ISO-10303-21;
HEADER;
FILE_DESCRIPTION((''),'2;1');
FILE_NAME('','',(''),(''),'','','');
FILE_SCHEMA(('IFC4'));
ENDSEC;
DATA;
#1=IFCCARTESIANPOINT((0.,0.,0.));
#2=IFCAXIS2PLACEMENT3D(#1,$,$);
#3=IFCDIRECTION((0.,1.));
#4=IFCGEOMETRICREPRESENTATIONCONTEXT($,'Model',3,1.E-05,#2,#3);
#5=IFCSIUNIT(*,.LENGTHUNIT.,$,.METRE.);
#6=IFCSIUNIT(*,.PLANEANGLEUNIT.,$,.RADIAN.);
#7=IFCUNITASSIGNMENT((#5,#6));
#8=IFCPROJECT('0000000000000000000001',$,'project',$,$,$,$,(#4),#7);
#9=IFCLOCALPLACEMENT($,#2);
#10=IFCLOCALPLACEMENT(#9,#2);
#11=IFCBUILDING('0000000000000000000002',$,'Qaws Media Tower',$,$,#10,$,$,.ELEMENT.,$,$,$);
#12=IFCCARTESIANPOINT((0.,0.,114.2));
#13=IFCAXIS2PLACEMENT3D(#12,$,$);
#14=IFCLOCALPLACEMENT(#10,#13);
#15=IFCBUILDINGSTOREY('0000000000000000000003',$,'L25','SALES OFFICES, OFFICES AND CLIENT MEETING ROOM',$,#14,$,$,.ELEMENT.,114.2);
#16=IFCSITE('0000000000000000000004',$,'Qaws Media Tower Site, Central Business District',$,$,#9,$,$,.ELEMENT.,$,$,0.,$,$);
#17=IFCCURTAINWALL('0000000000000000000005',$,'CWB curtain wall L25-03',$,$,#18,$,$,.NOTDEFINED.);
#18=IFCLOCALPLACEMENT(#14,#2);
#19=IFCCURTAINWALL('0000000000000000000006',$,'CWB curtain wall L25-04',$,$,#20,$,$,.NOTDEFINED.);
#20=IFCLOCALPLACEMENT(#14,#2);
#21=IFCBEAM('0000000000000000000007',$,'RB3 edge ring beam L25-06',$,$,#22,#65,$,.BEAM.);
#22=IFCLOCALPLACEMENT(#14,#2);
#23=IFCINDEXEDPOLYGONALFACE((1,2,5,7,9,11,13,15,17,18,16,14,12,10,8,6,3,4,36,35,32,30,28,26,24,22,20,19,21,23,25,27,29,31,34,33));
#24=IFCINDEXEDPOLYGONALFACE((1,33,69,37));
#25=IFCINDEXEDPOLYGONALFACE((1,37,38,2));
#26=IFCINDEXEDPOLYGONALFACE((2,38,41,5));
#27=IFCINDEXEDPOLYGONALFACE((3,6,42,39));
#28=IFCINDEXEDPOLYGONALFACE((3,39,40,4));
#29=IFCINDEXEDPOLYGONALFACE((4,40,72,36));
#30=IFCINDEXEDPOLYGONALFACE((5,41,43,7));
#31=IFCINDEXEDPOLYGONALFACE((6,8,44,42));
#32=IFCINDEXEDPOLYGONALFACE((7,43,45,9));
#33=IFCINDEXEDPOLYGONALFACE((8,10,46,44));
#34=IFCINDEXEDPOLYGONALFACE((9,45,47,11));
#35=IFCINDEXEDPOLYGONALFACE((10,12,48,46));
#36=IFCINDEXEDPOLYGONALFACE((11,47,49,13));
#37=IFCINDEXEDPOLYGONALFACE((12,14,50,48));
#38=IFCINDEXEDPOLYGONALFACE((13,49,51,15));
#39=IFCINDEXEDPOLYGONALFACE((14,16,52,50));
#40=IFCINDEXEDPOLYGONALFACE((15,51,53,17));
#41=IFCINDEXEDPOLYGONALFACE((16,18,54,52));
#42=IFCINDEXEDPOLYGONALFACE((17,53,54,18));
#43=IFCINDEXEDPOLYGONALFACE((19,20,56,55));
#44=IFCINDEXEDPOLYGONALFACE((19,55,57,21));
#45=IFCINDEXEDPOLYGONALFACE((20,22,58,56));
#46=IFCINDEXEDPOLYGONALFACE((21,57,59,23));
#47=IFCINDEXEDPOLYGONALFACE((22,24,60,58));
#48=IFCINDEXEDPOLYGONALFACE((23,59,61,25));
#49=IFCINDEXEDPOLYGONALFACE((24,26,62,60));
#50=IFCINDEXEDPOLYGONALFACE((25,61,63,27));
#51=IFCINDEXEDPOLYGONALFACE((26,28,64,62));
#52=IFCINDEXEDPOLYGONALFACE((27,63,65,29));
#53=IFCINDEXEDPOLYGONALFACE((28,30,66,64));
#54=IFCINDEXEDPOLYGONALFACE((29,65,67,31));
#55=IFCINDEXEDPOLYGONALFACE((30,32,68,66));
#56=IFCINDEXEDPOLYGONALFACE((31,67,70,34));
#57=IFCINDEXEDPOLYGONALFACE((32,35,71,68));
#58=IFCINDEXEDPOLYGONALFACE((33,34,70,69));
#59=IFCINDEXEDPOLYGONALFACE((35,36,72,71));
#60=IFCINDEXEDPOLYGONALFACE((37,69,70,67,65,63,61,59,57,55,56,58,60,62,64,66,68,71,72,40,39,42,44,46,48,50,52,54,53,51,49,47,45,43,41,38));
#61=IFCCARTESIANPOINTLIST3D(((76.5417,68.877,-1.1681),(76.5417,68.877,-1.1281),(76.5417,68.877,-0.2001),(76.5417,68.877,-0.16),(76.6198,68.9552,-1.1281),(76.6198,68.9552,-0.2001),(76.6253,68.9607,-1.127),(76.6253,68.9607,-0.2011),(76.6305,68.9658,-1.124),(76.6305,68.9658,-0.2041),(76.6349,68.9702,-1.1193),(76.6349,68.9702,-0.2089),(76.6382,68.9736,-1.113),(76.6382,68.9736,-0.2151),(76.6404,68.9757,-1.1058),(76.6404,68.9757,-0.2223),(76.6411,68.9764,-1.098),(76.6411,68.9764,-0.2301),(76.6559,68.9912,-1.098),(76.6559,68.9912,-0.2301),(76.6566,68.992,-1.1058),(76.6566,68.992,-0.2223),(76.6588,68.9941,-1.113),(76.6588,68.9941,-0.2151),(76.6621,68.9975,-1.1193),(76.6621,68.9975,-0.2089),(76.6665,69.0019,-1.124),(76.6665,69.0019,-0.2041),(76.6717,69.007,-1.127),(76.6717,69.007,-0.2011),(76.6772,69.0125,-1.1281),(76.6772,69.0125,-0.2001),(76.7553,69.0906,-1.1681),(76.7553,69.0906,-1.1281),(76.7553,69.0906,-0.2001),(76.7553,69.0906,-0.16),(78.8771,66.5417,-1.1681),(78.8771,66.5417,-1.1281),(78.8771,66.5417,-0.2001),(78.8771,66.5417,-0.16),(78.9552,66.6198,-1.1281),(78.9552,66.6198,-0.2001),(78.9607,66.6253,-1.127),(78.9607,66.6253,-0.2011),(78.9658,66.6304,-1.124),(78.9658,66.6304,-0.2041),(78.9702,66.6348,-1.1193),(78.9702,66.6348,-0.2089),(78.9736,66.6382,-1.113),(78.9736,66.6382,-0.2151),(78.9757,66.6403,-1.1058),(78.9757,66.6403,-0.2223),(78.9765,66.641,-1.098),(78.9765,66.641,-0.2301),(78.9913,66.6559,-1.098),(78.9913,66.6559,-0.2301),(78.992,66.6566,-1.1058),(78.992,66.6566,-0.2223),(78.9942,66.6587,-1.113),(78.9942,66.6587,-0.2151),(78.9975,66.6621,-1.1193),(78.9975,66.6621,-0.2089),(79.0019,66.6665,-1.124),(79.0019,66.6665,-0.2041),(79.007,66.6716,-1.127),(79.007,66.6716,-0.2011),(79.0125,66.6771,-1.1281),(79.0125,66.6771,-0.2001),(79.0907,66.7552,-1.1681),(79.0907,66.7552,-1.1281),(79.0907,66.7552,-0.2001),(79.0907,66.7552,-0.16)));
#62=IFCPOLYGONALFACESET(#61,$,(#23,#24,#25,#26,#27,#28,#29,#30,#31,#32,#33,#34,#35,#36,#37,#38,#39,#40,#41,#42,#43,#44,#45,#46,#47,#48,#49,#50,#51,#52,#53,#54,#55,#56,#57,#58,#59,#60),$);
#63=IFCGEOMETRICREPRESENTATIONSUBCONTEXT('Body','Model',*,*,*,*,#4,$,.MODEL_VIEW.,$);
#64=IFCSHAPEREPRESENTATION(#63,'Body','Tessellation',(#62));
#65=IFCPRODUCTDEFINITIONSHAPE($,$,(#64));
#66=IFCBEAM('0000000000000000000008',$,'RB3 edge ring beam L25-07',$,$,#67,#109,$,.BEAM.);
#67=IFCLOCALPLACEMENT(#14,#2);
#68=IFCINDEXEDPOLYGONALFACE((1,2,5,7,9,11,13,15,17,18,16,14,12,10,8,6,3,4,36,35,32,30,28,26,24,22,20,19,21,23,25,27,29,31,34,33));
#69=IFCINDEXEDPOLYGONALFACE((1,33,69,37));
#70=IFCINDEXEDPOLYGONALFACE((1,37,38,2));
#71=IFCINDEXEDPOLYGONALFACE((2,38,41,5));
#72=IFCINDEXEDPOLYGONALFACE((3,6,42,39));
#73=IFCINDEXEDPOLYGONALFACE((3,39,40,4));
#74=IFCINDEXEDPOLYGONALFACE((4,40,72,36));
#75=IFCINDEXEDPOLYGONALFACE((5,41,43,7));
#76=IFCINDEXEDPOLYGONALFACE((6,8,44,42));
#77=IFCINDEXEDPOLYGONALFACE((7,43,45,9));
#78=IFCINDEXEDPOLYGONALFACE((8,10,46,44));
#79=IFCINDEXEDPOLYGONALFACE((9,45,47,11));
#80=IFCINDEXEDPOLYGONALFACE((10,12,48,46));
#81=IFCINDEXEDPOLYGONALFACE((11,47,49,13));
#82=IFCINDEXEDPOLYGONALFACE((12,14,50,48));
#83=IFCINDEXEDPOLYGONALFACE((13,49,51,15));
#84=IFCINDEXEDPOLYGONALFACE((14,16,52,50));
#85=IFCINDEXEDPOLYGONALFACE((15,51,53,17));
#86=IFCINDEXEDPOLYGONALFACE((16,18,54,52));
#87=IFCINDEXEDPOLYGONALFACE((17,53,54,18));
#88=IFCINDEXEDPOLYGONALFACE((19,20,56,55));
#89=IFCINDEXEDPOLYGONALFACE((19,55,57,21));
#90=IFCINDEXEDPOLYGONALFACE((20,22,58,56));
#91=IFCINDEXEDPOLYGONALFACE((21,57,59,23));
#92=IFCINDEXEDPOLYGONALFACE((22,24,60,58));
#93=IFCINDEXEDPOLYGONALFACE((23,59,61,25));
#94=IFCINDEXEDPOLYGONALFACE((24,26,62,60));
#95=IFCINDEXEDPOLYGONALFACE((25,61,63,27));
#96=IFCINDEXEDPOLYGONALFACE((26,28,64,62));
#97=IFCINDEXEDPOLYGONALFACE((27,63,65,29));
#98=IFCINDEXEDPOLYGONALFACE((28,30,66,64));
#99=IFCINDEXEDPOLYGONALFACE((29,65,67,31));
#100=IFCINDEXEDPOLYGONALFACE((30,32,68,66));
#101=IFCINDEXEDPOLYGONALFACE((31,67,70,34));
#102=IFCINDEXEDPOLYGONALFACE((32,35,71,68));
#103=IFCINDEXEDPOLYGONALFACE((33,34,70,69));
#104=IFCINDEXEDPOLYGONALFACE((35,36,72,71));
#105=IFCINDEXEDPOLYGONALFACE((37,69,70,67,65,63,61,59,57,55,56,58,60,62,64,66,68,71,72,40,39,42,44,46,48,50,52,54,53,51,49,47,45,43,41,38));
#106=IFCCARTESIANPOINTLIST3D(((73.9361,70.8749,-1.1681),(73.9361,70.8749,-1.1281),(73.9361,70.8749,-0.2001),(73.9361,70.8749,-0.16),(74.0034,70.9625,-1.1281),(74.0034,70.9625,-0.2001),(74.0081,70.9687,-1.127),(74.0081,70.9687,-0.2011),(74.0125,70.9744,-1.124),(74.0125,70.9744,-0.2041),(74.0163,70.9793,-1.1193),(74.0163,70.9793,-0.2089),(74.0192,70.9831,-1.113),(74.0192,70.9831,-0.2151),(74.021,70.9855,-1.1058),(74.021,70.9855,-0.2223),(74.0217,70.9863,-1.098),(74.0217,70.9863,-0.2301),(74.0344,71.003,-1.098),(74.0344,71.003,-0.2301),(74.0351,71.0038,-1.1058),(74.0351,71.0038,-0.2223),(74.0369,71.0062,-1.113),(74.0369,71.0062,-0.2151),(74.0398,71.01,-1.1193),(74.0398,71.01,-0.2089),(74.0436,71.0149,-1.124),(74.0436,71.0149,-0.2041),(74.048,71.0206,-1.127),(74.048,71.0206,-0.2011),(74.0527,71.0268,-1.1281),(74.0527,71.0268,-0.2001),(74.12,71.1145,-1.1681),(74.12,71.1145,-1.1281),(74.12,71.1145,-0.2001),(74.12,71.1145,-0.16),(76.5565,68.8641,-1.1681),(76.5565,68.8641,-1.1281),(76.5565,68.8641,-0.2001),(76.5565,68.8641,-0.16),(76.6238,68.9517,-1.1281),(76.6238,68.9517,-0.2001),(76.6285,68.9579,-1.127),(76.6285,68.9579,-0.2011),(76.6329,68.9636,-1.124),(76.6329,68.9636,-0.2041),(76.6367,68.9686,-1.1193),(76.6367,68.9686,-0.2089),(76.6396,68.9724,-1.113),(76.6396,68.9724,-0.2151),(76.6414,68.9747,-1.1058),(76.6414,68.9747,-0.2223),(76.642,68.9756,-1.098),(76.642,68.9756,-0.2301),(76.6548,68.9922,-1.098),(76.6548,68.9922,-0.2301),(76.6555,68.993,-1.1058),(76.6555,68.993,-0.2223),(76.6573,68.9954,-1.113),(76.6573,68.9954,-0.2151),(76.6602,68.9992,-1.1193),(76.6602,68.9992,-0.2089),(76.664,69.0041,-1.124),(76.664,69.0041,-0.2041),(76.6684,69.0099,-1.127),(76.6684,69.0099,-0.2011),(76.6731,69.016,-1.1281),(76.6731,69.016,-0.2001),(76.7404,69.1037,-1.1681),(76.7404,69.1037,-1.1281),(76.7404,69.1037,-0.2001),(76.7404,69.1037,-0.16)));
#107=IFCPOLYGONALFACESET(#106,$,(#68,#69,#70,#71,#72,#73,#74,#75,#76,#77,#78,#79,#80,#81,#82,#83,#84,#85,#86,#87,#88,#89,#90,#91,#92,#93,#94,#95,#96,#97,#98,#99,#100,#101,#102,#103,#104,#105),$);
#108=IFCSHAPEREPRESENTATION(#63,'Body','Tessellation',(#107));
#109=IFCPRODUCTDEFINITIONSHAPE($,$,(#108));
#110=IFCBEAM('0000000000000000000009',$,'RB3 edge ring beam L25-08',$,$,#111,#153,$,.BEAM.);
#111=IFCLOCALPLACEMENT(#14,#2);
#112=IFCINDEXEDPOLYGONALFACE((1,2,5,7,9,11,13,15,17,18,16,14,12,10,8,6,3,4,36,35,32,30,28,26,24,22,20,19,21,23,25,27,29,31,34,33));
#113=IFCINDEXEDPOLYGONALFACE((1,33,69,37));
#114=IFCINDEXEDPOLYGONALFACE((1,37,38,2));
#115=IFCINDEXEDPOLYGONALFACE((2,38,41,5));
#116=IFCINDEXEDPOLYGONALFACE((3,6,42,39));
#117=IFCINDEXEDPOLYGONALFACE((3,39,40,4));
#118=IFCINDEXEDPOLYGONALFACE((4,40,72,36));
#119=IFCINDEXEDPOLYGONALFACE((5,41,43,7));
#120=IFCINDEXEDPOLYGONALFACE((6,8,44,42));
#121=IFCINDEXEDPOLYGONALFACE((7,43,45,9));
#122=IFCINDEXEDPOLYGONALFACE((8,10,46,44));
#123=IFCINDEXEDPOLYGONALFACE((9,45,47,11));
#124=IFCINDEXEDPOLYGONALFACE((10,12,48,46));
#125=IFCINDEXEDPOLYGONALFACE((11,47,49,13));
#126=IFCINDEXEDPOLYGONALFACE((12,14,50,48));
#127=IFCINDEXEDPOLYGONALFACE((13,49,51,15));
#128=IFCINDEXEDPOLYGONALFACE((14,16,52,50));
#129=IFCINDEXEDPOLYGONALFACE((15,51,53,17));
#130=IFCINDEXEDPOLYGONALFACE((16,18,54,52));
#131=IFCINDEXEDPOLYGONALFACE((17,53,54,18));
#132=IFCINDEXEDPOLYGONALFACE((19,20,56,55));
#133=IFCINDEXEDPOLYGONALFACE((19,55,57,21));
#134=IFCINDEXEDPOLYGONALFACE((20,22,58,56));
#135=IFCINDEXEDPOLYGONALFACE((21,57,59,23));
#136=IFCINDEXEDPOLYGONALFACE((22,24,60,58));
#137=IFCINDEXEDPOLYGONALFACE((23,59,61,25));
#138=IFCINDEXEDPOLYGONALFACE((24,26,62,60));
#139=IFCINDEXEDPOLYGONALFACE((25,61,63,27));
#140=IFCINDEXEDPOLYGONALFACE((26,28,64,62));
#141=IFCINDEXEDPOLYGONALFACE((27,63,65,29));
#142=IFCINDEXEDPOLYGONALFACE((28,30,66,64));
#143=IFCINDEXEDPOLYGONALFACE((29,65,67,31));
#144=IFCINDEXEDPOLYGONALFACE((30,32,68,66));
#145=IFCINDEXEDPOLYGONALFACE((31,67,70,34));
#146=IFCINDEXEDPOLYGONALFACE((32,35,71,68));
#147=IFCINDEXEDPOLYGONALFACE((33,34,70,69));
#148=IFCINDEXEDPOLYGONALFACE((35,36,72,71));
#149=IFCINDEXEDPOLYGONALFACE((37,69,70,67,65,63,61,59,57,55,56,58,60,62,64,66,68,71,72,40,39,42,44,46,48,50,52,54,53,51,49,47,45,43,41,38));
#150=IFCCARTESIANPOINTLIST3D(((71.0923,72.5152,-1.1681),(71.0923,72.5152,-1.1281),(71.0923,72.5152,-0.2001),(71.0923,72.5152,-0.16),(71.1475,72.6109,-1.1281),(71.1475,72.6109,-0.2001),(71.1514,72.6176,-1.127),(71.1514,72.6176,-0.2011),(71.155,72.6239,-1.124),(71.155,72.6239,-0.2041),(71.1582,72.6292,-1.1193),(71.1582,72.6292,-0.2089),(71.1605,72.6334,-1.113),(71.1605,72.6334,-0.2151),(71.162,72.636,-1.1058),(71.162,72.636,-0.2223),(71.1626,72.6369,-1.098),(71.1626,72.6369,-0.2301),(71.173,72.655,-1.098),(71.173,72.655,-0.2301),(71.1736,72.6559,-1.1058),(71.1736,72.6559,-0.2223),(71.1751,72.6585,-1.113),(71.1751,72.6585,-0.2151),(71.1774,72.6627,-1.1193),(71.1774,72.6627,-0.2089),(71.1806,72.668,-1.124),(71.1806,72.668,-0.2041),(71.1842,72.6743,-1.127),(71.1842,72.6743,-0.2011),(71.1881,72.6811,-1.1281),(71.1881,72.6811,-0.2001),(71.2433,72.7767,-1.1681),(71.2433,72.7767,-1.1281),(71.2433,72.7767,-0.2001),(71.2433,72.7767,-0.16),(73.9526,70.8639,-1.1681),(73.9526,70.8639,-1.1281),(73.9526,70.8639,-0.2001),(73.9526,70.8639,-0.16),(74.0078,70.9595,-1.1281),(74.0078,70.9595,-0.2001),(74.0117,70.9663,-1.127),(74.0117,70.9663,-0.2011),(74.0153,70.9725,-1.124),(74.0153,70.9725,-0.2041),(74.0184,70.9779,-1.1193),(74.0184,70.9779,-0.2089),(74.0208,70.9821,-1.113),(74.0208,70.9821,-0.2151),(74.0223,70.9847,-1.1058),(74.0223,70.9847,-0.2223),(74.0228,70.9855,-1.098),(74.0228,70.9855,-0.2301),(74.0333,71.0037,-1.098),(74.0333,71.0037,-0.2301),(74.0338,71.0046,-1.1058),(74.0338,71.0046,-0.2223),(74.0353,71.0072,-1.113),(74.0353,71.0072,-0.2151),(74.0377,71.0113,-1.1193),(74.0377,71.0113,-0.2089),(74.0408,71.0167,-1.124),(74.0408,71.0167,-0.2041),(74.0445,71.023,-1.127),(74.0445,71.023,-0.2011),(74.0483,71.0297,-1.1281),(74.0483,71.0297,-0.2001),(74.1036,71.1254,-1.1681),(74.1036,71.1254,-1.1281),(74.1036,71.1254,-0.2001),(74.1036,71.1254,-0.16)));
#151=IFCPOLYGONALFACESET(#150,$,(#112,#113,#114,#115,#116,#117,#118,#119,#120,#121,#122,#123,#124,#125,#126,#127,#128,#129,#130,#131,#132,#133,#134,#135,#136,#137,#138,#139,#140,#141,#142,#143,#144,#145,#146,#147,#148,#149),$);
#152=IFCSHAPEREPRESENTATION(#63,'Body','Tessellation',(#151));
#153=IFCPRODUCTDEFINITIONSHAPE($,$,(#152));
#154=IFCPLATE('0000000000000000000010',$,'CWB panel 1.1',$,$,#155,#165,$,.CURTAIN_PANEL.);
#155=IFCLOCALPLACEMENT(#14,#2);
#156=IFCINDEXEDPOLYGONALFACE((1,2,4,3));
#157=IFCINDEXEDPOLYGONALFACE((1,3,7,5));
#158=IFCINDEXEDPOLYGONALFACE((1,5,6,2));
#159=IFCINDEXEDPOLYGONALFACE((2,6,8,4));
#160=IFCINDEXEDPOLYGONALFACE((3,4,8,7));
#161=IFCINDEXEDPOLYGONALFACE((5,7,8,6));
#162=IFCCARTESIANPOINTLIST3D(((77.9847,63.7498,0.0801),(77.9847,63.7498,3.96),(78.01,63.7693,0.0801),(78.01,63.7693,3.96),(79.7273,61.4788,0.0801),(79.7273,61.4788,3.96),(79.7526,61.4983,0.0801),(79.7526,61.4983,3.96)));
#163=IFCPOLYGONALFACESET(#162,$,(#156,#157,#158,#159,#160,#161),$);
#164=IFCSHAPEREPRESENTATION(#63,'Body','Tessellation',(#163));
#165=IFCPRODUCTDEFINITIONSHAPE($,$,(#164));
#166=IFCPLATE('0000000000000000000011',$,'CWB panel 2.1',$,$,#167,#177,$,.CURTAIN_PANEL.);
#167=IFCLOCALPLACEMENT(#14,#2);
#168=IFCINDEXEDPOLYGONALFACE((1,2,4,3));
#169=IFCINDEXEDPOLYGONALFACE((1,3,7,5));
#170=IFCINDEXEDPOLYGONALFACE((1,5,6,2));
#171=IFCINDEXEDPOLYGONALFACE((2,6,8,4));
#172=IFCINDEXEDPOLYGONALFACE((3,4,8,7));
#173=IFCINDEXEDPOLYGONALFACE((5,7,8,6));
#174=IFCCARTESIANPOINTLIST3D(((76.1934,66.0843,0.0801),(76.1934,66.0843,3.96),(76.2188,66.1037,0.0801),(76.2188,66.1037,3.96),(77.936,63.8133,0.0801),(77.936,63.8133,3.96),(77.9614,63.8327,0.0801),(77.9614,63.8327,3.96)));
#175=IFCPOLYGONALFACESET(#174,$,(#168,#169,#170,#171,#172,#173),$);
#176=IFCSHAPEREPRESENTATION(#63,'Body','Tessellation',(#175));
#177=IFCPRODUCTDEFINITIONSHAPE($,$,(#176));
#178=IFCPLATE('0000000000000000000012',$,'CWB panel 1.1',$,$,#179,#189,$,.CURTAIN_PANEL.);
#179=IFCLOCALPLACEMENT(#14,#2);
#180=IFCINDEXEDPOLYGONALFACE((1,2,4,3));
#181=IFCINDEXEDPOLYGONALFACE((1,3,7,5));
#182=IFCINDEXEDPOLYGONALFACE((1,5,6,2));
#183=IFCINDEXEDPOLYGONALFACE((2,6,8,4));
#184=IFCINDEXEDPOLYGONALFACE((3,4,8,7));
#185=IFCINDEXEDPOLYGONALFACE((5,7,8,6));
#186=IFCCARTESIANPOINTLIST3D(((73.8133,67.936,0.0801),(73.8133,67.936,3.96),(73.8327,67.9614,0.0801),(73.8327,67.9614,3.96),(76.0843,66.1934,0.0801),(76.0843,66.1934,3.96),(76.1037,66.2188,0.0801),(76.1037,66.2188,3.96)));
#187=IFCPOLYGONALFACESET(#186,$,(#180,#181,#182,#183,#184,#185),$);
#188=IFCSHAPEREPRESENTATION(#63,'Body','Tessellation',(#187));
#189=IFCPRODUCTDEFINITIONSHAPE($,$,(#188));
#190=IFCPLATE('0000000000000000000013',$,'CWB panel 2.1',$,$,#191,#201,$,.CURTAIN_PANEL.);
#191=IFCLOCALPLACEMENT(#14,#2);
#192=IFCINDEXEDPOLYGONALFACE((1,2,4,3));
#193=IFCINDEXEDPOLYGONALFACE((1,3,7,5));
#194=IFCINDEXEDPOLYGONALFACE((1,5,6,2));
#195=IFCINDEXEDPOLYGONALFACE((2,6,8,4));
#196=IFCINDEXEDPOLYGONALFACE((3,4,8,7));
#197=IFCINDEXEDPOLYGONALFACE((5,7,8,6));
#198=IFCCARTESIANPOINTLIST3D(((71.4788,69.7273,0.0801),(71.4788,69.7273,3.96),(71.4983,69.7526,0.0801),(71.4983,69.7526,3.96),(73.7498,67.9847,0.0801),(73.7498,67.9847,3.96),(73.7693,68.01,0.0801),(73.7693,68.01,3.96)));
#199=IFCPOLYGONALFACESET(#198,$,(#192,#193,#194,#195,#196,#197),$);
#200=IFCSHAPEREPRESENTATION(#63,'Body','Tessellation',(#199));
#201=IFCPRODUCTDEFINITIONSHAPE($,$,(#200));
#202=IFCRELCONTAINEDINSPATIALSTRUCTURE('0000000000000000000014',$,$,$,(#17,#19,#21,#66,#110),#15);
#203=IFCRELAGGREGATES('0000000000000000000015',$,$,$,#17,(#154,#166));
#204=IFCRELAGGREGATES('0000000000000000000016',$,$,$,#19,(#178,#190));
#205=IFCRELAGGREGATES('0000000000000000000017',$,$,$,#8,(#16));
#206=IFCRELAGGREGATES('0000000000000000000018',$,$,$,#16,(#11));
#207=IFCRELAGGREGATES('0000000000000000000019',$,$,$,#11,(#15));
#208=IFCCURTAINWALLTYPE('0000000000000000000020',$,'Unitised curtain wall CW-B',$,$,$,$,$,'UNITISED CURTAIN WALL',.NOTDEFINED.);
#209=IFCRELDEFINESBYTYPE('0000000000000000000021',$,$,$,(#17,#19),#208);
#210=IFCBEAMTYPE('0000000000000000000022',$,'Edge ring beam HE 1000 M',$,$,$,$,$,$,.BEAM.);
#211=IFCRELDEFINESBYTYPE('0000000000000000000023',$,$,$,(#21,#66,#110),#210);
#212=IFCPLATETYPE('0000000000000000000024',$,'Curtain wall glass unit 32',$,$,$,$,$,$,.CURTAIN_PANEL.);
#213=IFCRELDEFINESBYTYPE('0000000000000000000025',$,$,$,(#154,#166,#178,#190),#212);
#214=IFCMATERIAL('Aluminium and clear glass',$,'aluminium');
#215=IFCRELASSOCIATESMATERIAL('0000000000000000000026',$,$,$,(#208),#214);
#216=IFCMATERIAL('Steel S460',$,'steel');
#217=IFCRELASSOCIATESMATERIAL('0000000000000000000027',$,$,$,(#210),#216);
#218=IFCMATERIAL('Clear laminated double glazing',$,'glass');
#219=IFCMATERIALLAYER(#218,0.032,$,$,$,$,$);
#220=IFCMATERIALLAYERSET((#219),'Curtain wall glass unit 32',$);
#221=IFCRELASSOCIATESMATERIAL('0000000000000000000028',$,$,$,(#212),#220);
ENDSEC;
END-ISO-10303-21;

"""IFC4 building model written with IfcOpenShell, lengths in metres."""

from ifc_helpers import new_model, si_unit, direction, frame, origin, origin_2d, place, context, subcontext, project, spatial, rectangle, i_section, extrude, material, layer, layer_set, material_profile, profile_set, type_object, element, aggregate, save


model = new_model("IFC4")

# Units and contexts
model_context = context("Model", 3, precision=1e-05, world=origin(), true_north=direction((0.0, 1.0)))
body_context = subcontext(model_context, "Body", "Model", "MODEL_VIEW")
ifc_project = project(units=[si_unit("LENGTHUNIT", "METRE"), si_unit("PLANEANGLEUNIT", "RADIAN")], contexts=[model_context])

# Site, building, storey
site_placement = place(None, origin())
site = spatial("IfcSite", under=ifc_project, at=site_placement, Name="Qaws Media Tower Site, Central Business District", CompositionType="ELEMENT", RefElevation=0.0)
building_placement = place(site_placement, origin())
building = spatial("IfcBuilding", under=site, at=building_placement, Name="Qaws Media Tower", CompositionType="ELEMENT")
storey_placement = place(building_placement, frame((0.0, 0.0, 114.2)))
storey = spatial("IfcBuildingStorey", under=building, at=storey_placement, Name="L25", Description="SALES OFFICES, OFFICES AND CLIENT MEETING ROOM", CompositionType="ELEMENT", Elevation=114.2)

# Shared definitions
ifc_material_1 = material(Name="Aluminium and clear glass", Category="aluminium")
curtain_wall_type = type_object("IfcCurtainWallType", Name="Unitised curtain wall CW-B", ElementType="UNITISED CURTAIN WALL", PredefinedType="NOTDEFINED", material=ifc_material_1)

# Curtain walls
curtain_wall_1_placement = place(storey_placement, origin())
curtain_wall_1 = element("IfcCurtainWall", 1, at=curtain_wall_1_placement, inside=storey, type_object=curtain_wall_type, Name="CWB curtain wall L25-03", PredefinedType="NOTDEFINED")
curtain_wall_2_placement = place(storey_placement, origin())
curtain_wall_2 = element("IfcCurtainWall", 2, at=curtain_wall_2_placement, inside=storey, type_object=curtain_wall_type, Name="CWB curtain wall L25-04", PredefinedType="NOTDEFINED")

# Beams
ifc_material_2 = material(Name="Steel S460", Category="steel")
ifc_material_profile_1 = material_profile(ifc_material_2, i_section(OverallWidth=0.302, OverallDepth=1.0081, WebThickness=0.021, FlangeThickness=0.04, FilletRadius=0.03, at=origin_2d()), Name="HE 1000 M")
ifc_profile_set_1 = profile_set([ifc_material_profile_1], Name="Steel S460")
beam_type = type_object("IfcBeamType", Name="Edge ring beam HE 1000 M", PredefinedType="BEAM", material=ifc_profile_set_1)
beam_1_placement = place(storey_placement, frame((78.9839, 66.6484, -0.6641), z_axis=(-0.707107, 0.707107, 0.0), x_axis=(-0.707107, -0.707107, 0.0)))
element("IfcBeam", 3, at=beam_1_placement, inside=storey, type_object=beam_type, Name="RB3 edge ring beam L25-06", PredefinedType="BEAM", context=body_context, shape_type="SweptSolid", body=[
    extrude(i_section(OverallWidth=0.302, OverallDepth=1.0081, WebThickness=0.021, FlangeThickness=0.04, FilletRadius=0.03, at=origin_2d()), origin(), (0.0, 0.0, 1.0), 3.3027),
])
beam_2_placement = place(storey_placement, frame((76.6484, 68.9839, -0.6641), z_axis=(-0.793343, 0.608774, 0.0), x_axis=(-0.608774, -0.793343, 0.0)))
element("IfcBeam", 4, at=beam_2_placement, inside=storey, type_object=beam_type, Name="RB3 edge ring beam L25-07", PredefinedType="BEAM", context=body_context, shape_type="SweptSolid", body=[
    extrude(i_section(OverallWidth=0.302, OverallDepth=1.0081, WebThickness=0.021, FlangeThickness=0.04, FilletRadius=0.03, at=origin_2d()), origin(), (0.0, 0.0, 1.0), 3.303),
])
beam_3_placement = place(storey_placement, frame((74.0281, 70.9946, -0.6641), z_axis=(-0.866033, 0.499987, 0.0), x_axis=(-0.499987, -0.866033, 0.0)))
element("IfcBeam", 5, at=beam_3_placement, inside=storey, type_object=beam_type, Name="RB3 edge ring beam L25-08", PredefinedType="BEAM", context=body_context, shape_type="SweptSolid", body=[
    extrude(i_section(OverallWidth=0.302, OverallDepth=1.0081, WebThickness=0.021, FlangeThickness=0.04, FilletRadius=0.03, at=origin_2d()), origin(), (0.0, 0.0, 1.0), 3.3027),
])

# Plates
ifc_material_3 = material(Name="Clear laminated double glazing", Category="glass")
ifc_layer_1 = layer(ifc_material_3, 0.032)
ifc_layer_set_1 = layer_set([ifc_layer_1], Name="Curtain wall glass unit 32")
plate_type_1 = type_object("IfcPlateType", Name="Curtain wall glass unit 32", PredefinedType="CURTAIN_PANEL", material=ifc_layer_set_1)
plate_1_placement = place(storey_placement, frame((78.8687, 62.624, 0.0801), z_axis=(0.0, 0.0, 1.0), x_axis=(-0.608761, 0.793353, 0.0)))
plate_1 = element("IfcPlate", 6, at=plate_1_placement, type_object=plate_type_1, Name="CWB panel 1.1", PredefinedType="CURTAIN_PANEL", context=body_context, shape_type="SweptSolid", body=[
    extrude(rectangle(XDim=2.8625, YDim=0.032, at=origin_2d()), origin(), (0.0, 0.0, 1.0), 3.8799),
])
plate_2_placement = place(storey_placement, frame((77.0774, 64.9585, 0.0801), z_axis=(0.0, 0.0, 1.0), x_axis=(-0.608761, 0.793353, 0.0)))
plate_2 = element("IfcPlate", 7, at=plate_2_placement, type_object=plate_type_1, Name="CWB panel 2.1", PredefinedType="CURTAIN_PANEL", context=body_context, shape_type="SweptSolid", body=[
    extrude(rectangle(XDim=2.8625, YDim=0.032, at=origin_2d()), origin(), (0.0, 0.0, 1.0), 3.8799),
])
aggregate(curtain_wall_1, [plate_1, plate_2])
plate_3_placement = place(storey_placement, frame((74.9585, 67.0774, 0.0801), z_axis=(0.0, 0.0, 1.0), x_axis=(-0.793353, 0.608761, 0.0)))
plate_3 = element("IfcPlate", 8, at=plate_3_placement, type_object=plate_type_1, Name="CWB panel 1.1", PredefinedType="CURTAIN_PANEL", context=body_context, shape_type="SweptSolid", body=[
    extrude(rectangle(XDim=2.8625, YDim=0.032, at=origin_2d()), origin(), (0.0, 0.0, 1.0), 3.8799),
])
plate_4_placement = place(storey_placement, frame((72.624, 68.8687, 0.0801), z_axis=(0.0, 0.0, 1.0), x_axis=(-0.793353, 0.608761, 0.0)))
plate_4 = element("IfcPlate", 9, at=plate_4_placement, type_object=plate_type_1, Name="CWB panel 2.1", PredefinedType="CURTAIN_PANEL", context=body_context, shape_type="SweptSolid", body=[
    extrude(rectangle(XDim=2.8625, YDim=0.032, at=origin_2d()), origin(), (0.0, 0.0, 1.0), 3.8799),
])
aggregate(curtain_wall_2, [plate_3, plate_4])

save(model, "model.ifc")
